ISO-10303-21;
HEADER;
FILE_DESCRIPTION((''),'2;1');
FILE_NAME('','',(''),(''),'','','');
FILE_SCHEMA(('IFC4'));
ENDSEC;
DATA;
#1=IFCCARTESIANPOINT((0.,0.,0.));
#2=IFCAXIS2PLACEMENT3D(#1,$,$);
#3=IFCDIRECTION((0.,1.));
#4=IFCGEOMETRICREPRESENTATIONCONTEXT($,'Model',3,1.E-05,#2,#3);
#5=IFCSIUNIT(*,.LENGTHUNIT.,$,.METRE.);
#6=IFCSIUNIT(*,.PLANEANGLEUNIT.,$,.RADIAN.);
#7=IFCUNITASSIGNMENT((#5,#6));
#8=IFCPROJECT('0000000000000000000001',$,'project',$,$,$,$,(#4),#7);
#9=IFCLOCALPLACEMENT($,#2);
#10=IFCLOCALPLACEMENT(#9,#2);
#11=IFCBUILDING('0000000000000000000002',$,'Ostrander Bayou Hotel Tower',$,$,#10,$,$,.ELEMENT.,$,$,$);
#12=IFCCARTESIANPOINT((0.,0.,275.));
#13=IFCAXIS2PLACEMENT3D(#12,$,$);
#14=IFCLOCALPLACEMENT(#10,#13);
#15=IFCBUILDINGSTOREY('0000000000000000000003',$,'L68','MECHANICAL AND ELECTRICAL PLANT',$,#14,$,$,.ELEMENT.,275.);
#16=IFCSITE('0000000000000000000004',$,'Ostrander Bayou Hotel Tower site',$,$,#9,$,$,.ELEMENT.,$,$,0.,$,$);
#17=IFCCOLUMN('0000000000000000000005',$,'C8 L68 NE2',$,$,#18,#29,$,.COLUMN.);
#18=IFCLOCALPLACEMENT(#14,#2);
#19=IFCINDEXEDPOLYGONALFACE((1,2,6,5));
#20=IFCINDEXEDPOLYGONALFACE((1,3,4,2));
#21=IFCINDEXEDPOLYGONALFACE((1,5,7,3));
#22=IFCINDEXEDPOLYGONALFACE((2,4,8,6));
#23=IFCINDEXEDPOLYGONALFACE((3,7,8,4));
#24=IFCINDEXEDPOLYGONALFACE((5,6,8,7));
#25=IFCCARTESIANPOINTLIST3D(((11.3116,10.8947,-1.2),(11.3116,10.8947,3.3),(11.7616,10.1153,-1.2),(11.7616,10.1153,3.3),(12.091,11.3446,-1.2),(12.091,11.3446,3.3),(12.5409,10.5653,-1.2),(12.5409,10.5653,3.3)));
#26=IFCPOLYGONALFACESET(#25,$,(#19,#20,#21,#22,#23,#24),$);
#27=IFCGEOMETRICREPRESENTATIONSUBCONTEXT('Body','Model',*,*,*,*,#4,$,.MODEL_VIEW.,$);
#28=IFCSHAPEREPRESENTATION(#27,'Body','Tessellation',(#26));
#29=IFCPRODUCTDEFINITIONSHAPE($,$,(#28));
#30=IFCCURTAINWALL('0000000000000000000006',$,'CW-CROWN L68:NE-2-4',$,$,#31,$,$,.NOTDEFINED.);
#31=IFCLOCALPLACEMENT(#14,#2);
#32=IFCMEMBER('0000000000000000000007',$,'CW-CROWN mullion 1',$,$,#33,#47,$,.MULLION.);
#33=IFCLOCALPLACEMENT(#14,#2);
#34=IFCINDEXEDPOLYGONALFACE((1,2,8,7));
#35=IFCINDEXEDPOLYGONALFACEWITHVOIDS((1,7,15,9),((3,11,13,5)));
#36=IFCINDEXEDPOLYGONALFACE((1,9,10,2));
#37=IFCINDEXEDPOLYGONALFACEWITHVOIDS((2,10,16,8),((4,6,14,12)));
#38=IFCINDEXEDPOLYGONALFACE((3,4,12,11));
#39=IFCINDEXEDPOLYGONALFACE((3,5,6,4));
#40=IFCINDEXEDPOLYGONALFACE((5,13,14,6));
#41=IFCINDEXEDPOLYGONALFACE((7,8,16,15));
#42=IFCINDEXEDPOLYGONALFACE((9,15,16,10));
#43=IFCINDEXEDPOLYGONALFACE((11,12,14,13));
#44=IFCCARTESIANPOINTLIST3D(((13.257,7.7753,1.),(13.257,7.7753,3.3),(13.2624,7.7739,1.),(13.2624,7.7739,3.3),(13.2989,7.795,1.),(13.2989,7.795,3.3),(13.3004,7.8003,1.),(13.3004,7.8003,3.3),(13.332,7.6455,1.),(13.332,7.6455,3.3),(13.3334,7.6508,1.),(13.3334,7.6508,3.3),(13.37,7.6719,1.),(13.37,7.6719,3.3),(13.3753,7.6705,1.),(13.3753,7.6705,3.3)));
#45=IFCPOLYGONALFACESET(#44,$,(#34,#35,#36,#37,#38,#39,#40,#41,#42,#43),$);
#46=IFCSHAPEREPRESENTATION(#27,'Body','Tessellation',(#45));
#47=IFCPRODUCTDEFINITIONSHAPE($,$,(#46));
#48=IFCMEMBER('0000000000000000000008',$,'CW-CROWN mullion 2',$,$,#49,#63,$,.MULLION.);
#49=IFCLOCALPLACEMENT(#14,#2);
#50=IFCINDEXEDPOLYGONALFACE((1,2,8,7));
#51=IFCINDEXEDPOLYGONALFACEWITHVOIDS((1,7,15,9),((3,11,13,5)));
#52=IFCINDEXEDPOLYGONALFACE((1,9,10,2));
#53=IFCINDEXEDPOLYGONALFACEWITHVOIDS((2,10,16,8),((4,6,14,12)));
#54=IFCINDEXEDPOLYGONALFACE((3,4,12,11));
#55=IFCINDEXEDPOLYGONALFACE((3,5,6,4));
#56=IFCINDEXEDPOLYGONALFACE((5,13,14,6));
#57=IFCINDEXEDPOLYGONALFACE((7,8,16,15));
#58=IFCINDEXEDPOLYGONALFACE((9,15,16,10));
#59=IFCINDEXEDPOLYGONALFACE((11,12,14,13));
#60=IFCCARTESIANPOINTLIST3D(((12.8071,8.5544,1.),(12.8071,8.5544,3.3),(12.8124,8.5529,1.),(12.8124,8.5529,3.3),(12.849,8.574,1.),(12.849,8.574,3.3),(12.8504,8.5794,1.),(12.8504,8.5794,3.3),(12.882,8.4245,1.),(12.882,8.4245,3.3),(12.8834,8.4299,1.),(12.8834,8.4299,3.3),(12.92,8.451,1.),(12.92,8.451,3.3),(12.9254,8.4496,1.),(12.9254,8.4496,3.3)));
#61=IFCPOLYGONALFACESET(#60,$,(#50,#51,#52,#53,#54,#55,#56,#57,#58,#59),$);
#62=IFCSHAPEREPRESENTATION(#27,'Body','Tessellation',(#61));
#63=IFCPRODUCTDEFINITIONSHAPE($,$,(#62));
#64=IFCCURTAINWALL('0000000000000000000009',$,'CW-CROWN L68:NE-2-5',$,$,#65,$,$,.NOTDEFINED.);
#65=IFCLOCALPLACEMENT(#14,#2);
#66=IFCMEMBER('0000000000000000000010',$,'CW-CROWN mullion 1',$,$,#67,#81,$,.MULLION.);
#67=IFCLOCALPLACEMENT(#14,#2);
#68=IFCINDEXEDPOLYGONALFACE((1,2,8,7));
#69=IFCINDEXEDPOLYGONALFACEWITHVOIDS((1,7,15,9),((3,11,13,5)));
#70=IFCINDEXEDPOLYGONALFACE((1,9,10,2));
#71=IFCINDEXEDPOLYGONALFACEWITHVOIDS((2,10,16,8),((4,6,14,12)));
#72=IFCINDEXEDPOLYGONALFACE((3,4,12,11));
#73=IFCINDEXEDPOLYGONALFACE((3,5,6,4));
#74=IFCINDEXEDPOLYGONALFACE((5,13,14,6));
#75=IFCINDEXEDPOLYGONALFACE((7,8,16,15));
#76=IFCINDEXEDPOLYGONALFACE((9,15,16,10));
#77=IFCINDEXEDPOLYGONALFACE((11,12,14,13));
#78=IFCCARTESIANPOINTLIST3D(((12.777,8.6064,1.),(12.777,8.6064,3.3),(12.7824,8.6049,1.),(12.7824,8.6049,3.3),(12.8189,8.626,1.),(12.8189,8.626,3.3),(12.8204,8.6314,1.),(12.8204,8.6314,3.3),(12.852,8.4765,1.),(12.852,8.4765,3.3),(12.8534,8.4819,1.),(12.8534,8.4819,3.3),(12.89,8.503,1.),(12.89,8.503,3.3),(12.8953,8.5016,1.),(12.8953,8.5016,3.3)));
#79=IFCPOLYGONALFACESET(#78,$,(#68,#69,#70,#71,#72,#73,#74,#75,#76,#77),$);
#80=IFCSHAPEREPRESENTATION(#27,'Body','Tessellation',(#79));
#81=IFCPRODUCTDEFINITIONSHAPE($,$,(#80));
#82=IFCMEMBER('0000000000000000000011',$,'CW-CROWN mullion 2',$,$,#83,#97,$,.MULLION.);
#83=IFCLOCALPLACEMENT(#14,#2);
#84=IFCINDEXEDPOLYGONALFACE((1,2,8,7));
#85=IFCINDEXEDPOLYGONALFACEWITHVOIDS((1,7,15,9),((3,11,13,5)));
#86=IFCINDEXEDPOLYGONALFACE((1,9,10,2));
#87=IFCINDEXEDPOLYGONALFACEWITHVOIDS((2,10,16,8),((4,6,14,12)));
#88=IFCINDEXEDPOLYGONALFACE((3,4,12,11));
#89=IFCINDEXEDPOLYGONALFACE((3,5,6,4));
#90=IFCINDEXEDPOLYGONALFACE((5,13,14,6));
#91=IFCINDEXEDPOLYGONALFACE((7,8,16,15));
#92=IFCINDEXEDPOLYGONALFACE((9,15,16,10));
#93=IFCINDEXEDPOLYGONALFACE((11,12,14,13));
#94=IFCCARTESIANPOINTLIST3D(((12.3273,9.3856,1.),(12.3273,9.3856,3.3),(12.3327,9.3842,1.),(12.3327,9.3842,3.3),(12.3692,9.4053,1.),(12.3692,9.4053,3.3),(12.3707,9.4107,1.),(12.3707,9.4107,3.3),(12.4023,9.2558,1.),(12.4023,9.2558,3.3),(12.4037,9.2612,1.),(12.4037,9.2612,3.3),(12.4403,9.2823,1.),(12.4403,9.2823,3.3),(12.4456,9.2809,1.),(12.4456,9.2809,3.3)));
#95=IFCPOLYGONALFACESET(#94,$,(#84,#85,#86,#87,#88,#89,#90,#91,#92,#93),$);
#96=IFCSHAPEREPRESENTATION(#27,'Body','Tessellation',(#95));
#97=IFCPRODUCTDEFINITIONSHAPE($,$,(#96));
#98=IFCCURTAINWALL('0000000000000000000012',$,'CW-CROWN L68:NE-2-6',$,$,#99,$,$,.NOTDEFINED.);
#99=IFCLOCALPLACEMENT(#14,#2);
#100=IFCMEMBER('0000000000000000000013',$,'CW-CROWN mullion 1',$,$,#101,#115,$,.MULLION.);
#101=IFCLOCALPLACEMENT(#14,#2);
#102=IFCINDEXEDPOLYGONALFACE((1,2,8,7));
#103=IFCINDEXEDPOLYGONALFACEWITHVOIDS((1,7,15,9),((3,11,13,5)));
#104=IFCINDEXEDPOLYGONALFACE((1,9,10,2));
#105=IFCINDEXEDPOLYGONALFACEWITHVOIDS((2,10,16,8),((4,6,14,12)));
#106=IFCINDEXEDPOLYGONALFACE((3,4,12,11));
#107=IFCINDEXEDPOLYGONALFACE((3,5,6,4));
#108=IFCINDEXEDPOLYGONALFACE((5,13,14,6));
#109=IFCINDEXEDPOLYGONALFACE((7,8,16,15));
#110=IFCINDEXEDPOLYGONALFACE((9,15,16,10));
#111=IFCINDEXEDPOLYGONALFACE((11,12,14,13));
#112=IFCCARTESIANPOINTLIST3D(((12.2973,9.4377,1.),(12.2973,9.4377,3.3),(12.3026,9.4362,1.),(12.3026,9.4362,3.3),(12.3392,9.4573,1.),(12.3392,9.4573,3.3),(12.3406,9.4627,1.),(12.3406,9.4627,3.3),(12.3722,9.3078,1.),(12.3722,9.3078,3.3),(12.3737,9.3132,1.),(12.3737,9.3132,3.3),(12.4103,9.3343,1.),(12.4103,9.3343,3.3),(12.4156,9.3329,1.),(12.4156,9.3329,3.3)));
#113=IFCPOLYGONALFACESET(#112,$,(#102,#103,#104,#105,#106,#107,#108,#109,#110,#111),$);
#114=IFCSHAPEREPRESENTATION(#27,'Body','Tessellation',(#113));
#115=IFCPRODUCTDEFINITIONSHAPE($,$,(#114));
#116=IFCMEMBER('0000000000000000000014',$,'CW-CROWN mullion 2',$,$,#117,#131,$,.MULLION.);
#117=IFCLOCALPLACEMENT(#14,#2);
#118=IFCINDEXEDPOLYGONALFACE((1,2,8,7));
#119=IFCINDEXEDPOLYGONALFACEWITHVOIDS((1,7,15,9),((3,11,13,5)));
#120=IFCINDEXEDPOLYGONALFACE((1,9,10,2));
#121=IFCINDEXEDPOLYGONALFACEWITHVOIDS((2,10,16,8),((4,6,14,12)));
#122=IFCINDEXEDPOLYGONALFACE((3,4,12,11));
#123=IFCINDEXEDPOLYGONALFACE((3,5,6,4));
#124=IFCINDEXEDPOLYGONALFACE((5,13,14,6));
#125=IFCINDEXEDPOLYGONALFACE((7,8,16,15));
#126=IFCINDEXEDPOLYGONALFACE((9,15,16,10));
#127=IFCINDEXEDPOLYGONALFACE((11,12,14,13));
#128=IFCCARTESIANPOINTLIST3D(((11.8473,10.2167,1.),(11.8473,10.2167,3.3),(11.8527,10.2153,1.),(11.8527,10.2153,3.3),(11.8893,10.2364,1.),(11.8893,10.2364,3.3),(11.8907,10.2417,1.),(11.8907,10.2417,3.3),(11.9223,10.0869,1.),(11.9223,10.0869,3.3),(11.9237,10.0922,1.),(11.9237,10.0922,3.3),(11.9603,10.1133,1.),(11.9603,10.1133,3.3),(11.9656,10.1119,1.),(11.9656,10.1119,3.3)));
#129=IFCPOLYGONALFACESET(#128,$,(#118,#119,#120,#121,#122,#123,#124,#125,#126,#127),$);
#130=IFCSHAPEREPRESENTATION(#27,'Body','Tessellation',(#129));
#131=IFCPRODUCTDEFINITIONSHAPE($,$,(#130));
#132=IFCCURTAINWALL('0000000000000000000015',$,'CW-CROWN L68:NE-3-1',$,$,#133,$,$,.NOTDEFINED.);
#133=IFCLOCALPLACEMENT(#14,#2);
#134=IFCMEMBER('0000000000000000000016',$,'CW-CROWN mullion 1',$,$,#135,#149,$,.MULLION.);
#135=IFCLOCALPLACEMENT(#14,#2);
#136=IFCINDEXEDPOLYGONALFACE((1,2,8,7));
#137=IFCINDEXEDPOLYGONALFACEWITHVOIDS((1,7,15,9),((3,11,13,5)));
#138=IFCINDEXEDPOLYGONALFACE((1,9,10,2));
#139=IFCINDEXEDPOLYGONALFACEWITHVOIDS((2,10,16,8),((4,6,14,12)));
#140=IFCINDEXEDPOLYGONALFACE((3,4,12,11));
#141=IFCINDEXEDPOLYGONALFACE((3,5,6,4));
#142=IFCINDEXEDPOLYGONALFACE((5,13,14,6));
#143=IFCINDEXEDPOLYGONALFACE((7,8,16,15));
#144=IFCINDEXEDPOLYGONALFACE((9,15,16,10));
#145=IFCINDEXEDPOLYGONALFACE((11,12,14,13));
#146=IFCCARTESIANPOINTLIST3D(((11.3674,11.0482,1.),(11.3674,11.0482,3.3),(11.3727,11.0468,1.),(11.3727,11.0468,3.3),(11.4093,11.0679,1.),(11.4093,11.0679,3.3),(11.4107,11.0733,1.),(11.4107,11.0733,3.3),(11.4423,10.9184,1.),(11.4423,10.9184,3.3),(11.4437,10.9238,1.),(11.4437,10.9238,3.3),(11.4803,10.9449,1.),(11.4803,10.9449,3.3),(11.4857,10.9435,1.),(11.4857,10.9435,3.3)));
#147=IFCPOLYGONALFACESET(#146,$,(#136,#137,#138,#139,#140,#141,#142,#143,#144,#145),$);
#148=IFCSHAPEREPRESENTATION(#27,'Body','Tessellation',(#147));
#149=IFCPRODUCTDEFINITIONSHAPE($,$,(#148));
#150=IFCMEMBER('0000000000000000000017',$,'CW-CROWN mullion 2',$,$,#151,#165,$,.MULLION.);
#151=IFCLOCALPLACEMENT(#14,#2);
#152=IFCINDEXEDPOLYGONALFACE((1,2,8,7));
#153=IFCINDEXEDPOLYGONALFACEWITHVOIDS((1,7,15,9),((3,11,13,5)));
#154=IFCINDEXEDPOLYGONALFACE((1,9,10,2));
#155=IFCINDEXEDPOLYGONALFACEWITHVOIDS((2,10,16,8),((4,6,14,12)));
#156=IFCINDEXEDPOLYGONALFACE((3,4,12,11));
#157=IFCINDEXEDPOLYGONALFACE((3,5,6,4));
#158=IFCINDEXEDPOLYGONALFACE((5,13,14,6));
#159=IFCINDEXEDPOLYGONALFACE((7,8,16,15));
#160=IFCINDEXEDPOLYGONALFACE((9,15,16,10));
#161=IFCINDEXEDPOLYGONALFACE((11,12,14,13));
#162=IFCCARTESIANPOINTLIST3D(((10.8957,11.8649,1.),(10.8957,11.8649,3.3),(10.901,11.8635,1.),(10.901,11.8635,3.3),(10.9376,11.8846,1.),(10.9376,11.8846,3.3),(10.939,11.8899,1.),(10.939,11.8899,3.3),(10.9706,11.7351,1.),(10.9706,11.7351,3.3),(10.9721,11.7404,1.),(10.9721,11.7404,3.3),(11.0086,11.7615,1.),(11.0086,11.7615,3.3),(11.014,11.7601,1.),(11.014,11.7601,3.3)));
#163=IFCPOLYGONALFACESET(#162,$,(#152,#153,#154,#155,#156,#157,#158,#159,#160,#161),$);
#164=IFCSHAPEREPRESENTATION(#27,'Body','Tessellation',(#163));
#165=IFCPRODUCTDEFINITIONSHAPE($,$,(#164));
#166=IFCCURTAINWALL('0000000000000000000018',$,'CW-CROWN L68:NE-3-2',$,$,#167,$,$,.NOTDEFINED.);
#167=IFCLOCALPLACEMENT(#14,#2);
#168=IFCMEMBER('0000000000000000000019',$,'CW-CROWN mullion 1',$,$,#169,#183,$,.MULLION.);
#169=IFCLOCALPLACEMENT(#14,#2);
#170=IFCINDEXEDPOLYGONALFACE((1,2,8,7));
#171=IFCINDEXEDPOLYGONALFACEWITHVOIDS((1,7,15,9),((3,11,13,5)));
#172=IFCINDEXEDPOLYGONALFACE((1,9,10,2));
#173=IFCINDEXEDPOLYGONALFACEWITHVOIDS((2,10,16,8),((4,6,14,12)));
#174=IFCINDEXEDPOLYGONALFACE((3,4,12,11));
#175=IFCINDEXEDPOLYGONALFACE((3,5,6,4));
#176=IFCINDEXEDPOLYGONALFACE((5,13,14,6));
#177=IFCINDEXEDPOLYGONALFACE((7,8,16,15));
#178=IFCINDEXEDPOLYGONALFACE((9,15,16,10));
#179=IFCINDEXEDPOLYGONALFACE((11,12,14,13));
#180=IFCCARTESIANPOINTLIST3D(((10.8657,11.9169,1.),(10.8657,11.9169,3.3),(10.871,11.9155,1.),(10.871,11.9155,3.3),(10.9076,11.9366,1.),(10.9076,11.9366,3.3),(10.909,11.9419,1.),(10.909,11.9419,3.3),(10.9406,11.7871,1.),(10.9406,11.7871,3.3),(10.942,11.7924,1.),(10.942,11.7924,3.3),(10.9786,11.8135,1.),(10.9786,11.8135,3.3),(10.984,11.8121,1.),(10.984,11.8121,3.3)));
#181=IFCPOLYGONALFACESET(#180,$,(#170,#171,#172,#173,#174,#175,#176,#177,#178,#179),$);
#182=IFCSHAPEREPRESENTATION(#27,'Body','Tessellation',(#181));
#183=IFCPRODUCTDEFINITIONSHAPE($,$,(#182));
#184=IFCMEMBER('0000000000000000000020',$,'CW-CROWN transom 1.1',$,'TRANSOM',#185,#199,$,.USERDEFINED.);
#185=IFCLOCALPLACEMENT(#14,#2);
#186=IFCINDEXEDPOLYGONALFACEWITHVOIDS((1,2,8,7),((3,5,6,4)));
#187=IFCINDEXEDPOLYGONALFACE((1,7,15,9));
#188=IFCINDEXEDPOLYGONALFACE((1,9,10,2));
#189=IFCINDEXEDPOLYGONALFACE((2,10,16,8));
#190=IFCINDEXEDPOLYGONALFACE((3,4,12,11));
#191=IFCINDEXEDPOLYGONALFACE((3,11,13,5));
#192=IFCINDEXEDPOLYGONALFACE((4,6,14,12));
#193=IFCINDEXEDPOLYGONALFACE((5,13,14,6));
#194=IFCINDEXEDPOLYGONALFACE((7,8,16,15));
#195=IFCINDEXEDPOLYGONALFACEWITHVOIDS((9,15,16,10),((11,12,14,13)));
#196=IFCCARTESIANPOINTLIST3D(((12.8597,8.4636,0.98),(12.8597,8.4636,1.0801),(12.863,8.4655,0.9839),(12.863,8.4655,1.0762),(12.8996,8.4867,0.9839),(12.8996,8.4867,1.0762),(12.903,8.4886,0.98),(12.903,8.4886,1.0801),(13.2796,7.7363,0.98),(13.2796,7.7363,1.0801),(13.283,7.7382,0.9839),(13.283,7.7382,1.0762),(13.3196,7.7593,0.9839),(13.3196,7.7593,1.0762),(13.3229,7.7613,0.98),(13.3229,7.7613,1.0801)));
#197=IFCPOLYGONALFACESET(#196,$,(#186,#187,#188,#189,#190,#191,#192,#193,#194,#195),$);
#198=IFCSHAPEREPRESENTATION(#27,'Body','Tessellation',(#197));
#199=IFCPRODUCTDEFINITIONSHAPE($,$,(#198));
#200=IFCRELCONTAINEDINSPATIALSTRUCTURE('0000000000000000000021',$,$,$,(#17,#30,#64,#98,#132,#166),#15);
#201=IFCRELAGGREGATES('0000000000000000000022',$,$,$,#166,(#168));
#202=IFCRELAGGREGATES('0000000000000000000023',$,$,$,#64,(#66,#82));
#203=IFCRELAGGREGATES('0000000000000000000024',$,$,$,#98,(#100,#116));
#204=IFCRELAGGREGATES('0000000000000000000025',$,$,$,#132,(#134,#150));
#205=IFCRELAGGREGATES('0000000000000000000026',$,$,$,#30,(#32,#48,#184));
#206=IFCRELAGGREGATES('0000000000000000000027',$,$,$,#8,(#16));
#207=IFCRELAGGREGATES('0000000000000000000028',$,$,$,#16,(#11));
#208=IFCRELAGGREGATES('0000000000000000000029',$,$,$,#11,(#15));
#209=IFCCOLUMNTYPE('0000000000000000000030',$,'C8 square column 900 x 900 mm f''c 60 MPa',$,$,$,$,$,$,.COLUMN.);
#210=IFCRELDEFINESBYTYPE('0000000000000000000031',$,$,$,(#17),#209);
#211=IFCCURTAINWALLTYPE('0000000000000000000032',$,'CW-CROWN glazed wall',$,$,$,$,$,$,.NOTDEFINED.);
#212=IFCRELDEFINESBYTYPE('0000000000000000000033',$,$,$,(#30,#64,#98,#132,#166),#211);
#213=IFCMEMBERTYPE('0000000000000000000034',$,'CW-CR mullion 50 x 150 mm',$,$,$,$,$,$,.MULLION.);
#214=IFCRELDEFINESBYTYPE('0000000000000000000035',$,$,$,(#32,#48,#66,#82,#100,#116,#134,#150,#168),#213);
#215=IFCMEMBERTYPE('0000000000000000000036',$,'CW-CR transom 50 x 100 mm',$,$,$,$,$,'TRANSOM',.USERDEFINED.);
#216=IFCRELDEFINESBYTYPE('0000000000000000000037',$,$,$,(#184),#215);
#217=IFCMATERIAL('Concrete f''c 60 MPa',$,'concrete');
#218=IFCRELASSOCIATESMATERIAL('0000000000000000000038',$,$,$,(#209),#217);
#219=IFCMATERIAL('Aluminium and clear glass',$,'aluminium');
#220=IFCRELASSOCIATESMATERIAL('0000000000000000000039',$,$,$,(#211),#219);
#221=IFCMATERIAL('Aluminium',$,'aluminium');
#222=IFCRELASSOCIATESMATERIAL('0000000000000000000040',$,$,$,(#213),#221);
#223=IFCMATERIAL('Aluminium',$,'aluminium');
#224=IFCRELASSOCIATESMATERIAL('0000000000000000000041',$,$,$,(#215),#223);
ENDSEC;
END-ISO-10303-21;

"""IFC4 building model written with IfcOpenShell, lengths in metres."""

from ifc_helpers import new_model, si_unit, direction, frame, origin, origin_2d, place, context, subcontext, project, spatial, rectangle, hollow_rectangle, extrude, material, material_profile, profile_set, type_object, element, aggregate, save


model = new_model("IFC4")

# Units and contexts
model_context = context("Model", 3, precision=1e-05, world=origin(), true_north=direction((0.0, 1.0)))
body_context = subcontext(model_context, "Body", "Model", "MODEL_VIEW")
ifc_project = project(units=[si_unit("LENGTHUNIT", "METRE"), si_unit("PLANEANGLEUNIT", "RADIAN")], contexts=[model_context])

# Site, building, storey
site_placement = place(None, origin())
site = spatial("IfcSite", under=ifc_project, at=site_placement, Name="Ostrander Bayou Hotel Tower site", CompositionType="ELEMENT", RefElevation=0.0)
building_placement = place(site_placement, origin())
building = spatial("IfcBuilding", under=site, at=building_placement, Name="Ostrander Bayou Hotel Tower", CompositionType="ELEMENT")
storey_placement = place(building_placement, frame((0.0, 0.0, 275.0)))
storey = spatial("IfcBuildingStorey", under=building, at=storey_placement, Name="L68", Description="MECHANICAL AND ELECTRICAL PLANT", CompositionType="ELEMENT", Elevation=275.0)

# Column
ifc_material_1 = material(Name="Concrete f'c 60 MPa", Category="concrete")
ifc_material_profile_1 = material_profile(ifc_material_1, rectangle(XDim=0.8999, YDim=0.8999, at=origin_2d()))
ifc_profile_set_1 = profile_set([ifc_material_profile_1], Name="Concrete f'c 60 MPa")
column_type = type_object("IfcColumnType", Name="C8 square column 900 x 900 mm f'c 60 MPa", PredefinedType="COLUMN", material=ifc_profile_set_1)
column_placement = place(storey_placement, frame((11.9263, 10.73, -1.2), z_axis=(0.0, 0.0, 1.0), x_axis=(0.5, -0.866025, 0.0)))
element("IfcColumn", 1, at=column_placement, inside=storey, type_object=column_type, Name="C8 L68 NE2", PredefinedType="COLUMN", context=body_context, shape_type="SweptSolid", body=[
    extrude(rectangle(XDim=0.8999, YDim=0.8999, at=origin_2d()), origin(), (0.0, 0.0, 1.0), 4.5),
])

# Curtain walls, members
ifc_material_2 = material(Name="Aluminium and clear glass", Category="aluminium")
curtain_wall_type = type_object("IfcCurtainWallType", Name="CW-CROWN glazed wall", PredefinedType="NOTDEFINED", material=ifc_material_2)
curtain_wall_1_placement = place(storey_placement, origin())
curtain_wall_1 = element("IfcCurtainWall", 2, at=curtain_wall_1_placement, inside=storey, type_object=curtain_wall_type, Name="CW-CROWN L68:NE-2-4", PredefinedType="NOTDEFINED")
ifc_material_3 = material(Name="Aluminium", Category="aluminium")
ifc_material_profile_2 = material_profile(ifc_material_3, hollow_rectangle(XDim=0.05, YDim=0.1499, WallThickness=0.0039, at=origin_2d()))
ifc_profile_set_2 = profile_set([ifc_material_profile_2], Name="Aluminium")
member_type_1 = type_object("IfcMemberType", Name="CW-CR mullion 50 x 150 mm", PredefinedType="MULLION", material=ifc_profile_set_2)
member_1_placement = place(storey_placement, frame((13.3162, 7.7229, 1.0), z_axis=(0.0, 0.0, 1.0), x_axis=(-0.866022, -0.500005, 0.0)))
member_1 = element("IfcMember", 3, at=member_1_placement, type_object=member_type_1, Name="CW-CROWN mullion 1", PredefinedType="MULLION", context=body_context, shape_type="SweptSolid", body=[
    extrude(hollow_rectangle(XDim=0.05, YDim=0.1499, WallThickness=0.0039, at=origin_2d()), origin(), (0.0, 0.0, 1.0), 2.3),
])
member_2_placement = place(storey_placement, frame((12.8662, 8.502, 1.0), z_axis=(0.0, 0.0, 1.0), x_axis=(-0.866022, -0.500005, 0.0)))
member_2 = element("IfcMember", 4, at=member_2_placement, type_object=member_type_1, Name="CW-CROWN mullion 2", PredefinedType="MULLION", context=body_context, shape_type="SweptSolid", body=[
    extrude(hollow_rectangle(XDim=0.05, YDim=0.1499, WallThickness=0.0039, at=origin_2d()), origin(), (0.0, 0.0, 1.0), 2.3),
])
curtain_wall_2_placement = place(storey_placement, origin())
curtain_wall_2 = element("IfcCurtainWall", 5, at=curtain_wall_2_placement, inside=storey, type_object=curtain_wall_type, Name="CW-CROWN L68:NE-2-5", PredefinedType="NOTDEFINED")
member_3_placement = place(storey_placement, frame((12.8362, 8.554, 1.0), z_axis=(0.0, 0.0, 1.0), x_axis=(-0.866022, -0.500005, 0.0)))
member_3 = element("IfcMember", 6, at=member_3_placement, type_object=member_type_1, Name="CW-CROWN mullion 1", PredefinedType="MULLION", context=body_context, shape_type="SweptSolid", body=[
    extrude(hollow_rectangle(XDim=0.05, YDim=0.1499, WallThickness=0.0039, at=origin_2d()), origin(), (0.0, 0.0, 1.0), 2.3),
])
member_4_placement = place(storey_placement, frame((12.3865, 9.3333, 1.0), z_axis=(0.0, 0.0, 1.0), x_axis=(-0.866022, -0.500005, 0.0)))
member_4 = element("IfcMember", 7, at=member_4_placement, type_object=member_type_1, Name="CW-CROWN mullion 2", PredefinedType="MULLION", context=body_context, shape_type="SweptSolid", body=[
    extrude(hollow_rectangle(XDim=0.05, YDim=0.1499, WallThickness=0.0039, at=origin_2d()), origin(), (0.0, 0.0, 1.0), 2.3),
])
curtain_wall_3_placement = place(storey_placement, origin())
curtain_wall_3 = element("IfcCurtainWall", 8, at=curtain_wall_3_placement, inside=storey, type_object=curtain_wall_type, Name="CW-CROWN L68:NE-2-6", PredefinedType="NOTDEFINED")
member_5_placement = place(storey_placement, frame((12.3564, 9.3853, 1.0), z_axis=(0.0, 0.0, 1.0), x_axis=(-0.866022, -0.500005, 0.0)))
member_5 = element("IfcMember", 9, at=member_5_placement, type_object=member_type_1, Name="CW-CROWN mullion 1", PredefinedType="MULLION", context=body_context, shape_type="SweptSolid", body=[
    extrude(hollow_rectangle(XDim=0.05, YDim=0.1499, WallThickness=0.0039, at=origin_2d()), origin(), (0.0, 0.0, 1.0), 2.3),
])
member_6_placement = place(storey_placement, frame((11.9065, 10.1643, 1.0), z_axis=(0.0, 0.0, 1.0), x_axis=(-0.866022, -0.500005, 0.0)))
member_6 = element("IfcMember", 10, at=member_6_placement, type_object=member_type_1, Name="CW-CROWN mullion 2", PredefinedType="MULLION", context=body_context, shape_type="SweptSolid", body=[
    extrude(hollow_rectangle(XDim=0.05, YDim=0.1499, WallThickness=0.0039, at=origin_2d()), origin(), (0.0, 0.0, 1.0), 2.3),
])
curtain_wall_4_placement = place(storey_placement, origin())
curtain_wall_4 = element("IfcCurtainWall", 11, at=curtain_wall_4_placement, inside=storey, type_object=curtain_wall_type, Name="CW-CROWN L68:NE-3-1", PredefinedType="NOTDEFINED")
member_7_placement = place(storey_placement, frame((11.4265, 10.9958, 1.0), z_axis=(0.0, 0.0, 1.0), x_axis=(-0.866026, -0.499999, 0.0)))
member_7 = element("IfcMember", 12, at=member_7_placement, type_object=member_type_1, Name="CW-CROWN mullion 1", PredefinedType="MULLION", context=body_context, shape_type="SweptSolid", body=[
    extrude(hollow_rectangle(XDim=0.05, YDim=0.1499, WallThickness=0.0039, at=origin_2d()), origin(), (0.0, 0.0, 1.0), 2.3),
])
member_8_placement = place(storey_placement, frame((10.9548, 11.8125, 1.0), z_axis=(0.0, 0.0, 1.0), x_axis=(-0.866026, -0.499999, 0.0)))
member_8 = element("IfcMember", 13, at=member_8_placement, type_object=member_type_1, Name="CW-CROWN mullion 2", PredefinedType="MULLION", context=body_context, shape_type="SweptSolid", body=[
    extrude(hollow_rectangle(XDim=0.05, YDim=0.1499, WallThickness=0.0039, at=origin_2d()), origin(), (0.0, 0.0, 1.0), 2.3),
])

# Curtain wall, member
curtain_wall_5_placement = place(storey_placement, origin())
curtain_wall_5 = element("IfcCurtainWall", 14, at=curtain_wall_5_placement, inside=storey, type_object=curtain_wall_type, Name="CW-CROWN L68:NE-3-2", PredefinedType="NOTDEFINED")
member_9_placement = place(storey_placement, frame((10.9248, 11.8645, 1.0), z_axis=(0.0, 0.0, 1.0), x_axis=(-0.866001, -0.500042, 0.0)))
member_9 = element("IfcMember", 15, at=member_9_placement, type_object=member_type_1, Name="CW-CROWN mullion 1", PredefinedType="MULLION", context=body_context, shape_type="SweptSolid", body=[
    extrude(hollow_rectangle(XDim=0.05, YDim=0.1499, WallThickness=0.0039, at=origin_2d()), origin(), (0.0, 0.0, 1.0), 2.3),
])
aggregate(curtain_wall_5, [member_9])

# Member
ifc_material_4 = material(Name="Aluminium", Category="aluminium")
ifc_material_profile_3 = material_profile(ifc_material_4, hollow_rectangle(XDim=0.05, YDim=0.1001, WallThickness=0.0039, at=origin_2d()))
ifc_profile_set_3 = profile_set([ifc_material_profile_3], Name="Aluminium")
member_type_2 = type_object("IfcMemberType", Name="CW-CR transom 50 x 100 mm", ElementType="TRANSOM", PredefinedType="USERDEFINED", material=ifc_profile_set_3)
member_10_placement = place(storey_placement, frame((13.3013, 7.7488, 1.03), z_axis=(-0.500016, 0.866016, 0.0), x_axis=(-0.866016, -0.500016, 0.0)))
member_10 = element("IfcMember", 16, at=member_10_placement, type_object=member_type_2, Name="CW-CROWN transom 1.1", ObjectType="TRANSOM", PredefinedType="USERDEFINED", context=body_context, shape_type="SweptSolid", body=[
    extrude(hollow_rectangle(XDim=0.05, YDim=0.1001, WallThickness=0.0039, at=origin_2d()), origin(), (0.0, 0.0, 1.0), 0.8398),
])
aggregate(curtain_wall_2, [member_3, member_4])
aggregate(curtain_wall_3, [member_5, member_6])
aggregate(curtain_wall_4, [member_7, member_8])

aggregate(curtain_wall_1, [member_1, member_2, member_10])

save(model, "model.ifc")
